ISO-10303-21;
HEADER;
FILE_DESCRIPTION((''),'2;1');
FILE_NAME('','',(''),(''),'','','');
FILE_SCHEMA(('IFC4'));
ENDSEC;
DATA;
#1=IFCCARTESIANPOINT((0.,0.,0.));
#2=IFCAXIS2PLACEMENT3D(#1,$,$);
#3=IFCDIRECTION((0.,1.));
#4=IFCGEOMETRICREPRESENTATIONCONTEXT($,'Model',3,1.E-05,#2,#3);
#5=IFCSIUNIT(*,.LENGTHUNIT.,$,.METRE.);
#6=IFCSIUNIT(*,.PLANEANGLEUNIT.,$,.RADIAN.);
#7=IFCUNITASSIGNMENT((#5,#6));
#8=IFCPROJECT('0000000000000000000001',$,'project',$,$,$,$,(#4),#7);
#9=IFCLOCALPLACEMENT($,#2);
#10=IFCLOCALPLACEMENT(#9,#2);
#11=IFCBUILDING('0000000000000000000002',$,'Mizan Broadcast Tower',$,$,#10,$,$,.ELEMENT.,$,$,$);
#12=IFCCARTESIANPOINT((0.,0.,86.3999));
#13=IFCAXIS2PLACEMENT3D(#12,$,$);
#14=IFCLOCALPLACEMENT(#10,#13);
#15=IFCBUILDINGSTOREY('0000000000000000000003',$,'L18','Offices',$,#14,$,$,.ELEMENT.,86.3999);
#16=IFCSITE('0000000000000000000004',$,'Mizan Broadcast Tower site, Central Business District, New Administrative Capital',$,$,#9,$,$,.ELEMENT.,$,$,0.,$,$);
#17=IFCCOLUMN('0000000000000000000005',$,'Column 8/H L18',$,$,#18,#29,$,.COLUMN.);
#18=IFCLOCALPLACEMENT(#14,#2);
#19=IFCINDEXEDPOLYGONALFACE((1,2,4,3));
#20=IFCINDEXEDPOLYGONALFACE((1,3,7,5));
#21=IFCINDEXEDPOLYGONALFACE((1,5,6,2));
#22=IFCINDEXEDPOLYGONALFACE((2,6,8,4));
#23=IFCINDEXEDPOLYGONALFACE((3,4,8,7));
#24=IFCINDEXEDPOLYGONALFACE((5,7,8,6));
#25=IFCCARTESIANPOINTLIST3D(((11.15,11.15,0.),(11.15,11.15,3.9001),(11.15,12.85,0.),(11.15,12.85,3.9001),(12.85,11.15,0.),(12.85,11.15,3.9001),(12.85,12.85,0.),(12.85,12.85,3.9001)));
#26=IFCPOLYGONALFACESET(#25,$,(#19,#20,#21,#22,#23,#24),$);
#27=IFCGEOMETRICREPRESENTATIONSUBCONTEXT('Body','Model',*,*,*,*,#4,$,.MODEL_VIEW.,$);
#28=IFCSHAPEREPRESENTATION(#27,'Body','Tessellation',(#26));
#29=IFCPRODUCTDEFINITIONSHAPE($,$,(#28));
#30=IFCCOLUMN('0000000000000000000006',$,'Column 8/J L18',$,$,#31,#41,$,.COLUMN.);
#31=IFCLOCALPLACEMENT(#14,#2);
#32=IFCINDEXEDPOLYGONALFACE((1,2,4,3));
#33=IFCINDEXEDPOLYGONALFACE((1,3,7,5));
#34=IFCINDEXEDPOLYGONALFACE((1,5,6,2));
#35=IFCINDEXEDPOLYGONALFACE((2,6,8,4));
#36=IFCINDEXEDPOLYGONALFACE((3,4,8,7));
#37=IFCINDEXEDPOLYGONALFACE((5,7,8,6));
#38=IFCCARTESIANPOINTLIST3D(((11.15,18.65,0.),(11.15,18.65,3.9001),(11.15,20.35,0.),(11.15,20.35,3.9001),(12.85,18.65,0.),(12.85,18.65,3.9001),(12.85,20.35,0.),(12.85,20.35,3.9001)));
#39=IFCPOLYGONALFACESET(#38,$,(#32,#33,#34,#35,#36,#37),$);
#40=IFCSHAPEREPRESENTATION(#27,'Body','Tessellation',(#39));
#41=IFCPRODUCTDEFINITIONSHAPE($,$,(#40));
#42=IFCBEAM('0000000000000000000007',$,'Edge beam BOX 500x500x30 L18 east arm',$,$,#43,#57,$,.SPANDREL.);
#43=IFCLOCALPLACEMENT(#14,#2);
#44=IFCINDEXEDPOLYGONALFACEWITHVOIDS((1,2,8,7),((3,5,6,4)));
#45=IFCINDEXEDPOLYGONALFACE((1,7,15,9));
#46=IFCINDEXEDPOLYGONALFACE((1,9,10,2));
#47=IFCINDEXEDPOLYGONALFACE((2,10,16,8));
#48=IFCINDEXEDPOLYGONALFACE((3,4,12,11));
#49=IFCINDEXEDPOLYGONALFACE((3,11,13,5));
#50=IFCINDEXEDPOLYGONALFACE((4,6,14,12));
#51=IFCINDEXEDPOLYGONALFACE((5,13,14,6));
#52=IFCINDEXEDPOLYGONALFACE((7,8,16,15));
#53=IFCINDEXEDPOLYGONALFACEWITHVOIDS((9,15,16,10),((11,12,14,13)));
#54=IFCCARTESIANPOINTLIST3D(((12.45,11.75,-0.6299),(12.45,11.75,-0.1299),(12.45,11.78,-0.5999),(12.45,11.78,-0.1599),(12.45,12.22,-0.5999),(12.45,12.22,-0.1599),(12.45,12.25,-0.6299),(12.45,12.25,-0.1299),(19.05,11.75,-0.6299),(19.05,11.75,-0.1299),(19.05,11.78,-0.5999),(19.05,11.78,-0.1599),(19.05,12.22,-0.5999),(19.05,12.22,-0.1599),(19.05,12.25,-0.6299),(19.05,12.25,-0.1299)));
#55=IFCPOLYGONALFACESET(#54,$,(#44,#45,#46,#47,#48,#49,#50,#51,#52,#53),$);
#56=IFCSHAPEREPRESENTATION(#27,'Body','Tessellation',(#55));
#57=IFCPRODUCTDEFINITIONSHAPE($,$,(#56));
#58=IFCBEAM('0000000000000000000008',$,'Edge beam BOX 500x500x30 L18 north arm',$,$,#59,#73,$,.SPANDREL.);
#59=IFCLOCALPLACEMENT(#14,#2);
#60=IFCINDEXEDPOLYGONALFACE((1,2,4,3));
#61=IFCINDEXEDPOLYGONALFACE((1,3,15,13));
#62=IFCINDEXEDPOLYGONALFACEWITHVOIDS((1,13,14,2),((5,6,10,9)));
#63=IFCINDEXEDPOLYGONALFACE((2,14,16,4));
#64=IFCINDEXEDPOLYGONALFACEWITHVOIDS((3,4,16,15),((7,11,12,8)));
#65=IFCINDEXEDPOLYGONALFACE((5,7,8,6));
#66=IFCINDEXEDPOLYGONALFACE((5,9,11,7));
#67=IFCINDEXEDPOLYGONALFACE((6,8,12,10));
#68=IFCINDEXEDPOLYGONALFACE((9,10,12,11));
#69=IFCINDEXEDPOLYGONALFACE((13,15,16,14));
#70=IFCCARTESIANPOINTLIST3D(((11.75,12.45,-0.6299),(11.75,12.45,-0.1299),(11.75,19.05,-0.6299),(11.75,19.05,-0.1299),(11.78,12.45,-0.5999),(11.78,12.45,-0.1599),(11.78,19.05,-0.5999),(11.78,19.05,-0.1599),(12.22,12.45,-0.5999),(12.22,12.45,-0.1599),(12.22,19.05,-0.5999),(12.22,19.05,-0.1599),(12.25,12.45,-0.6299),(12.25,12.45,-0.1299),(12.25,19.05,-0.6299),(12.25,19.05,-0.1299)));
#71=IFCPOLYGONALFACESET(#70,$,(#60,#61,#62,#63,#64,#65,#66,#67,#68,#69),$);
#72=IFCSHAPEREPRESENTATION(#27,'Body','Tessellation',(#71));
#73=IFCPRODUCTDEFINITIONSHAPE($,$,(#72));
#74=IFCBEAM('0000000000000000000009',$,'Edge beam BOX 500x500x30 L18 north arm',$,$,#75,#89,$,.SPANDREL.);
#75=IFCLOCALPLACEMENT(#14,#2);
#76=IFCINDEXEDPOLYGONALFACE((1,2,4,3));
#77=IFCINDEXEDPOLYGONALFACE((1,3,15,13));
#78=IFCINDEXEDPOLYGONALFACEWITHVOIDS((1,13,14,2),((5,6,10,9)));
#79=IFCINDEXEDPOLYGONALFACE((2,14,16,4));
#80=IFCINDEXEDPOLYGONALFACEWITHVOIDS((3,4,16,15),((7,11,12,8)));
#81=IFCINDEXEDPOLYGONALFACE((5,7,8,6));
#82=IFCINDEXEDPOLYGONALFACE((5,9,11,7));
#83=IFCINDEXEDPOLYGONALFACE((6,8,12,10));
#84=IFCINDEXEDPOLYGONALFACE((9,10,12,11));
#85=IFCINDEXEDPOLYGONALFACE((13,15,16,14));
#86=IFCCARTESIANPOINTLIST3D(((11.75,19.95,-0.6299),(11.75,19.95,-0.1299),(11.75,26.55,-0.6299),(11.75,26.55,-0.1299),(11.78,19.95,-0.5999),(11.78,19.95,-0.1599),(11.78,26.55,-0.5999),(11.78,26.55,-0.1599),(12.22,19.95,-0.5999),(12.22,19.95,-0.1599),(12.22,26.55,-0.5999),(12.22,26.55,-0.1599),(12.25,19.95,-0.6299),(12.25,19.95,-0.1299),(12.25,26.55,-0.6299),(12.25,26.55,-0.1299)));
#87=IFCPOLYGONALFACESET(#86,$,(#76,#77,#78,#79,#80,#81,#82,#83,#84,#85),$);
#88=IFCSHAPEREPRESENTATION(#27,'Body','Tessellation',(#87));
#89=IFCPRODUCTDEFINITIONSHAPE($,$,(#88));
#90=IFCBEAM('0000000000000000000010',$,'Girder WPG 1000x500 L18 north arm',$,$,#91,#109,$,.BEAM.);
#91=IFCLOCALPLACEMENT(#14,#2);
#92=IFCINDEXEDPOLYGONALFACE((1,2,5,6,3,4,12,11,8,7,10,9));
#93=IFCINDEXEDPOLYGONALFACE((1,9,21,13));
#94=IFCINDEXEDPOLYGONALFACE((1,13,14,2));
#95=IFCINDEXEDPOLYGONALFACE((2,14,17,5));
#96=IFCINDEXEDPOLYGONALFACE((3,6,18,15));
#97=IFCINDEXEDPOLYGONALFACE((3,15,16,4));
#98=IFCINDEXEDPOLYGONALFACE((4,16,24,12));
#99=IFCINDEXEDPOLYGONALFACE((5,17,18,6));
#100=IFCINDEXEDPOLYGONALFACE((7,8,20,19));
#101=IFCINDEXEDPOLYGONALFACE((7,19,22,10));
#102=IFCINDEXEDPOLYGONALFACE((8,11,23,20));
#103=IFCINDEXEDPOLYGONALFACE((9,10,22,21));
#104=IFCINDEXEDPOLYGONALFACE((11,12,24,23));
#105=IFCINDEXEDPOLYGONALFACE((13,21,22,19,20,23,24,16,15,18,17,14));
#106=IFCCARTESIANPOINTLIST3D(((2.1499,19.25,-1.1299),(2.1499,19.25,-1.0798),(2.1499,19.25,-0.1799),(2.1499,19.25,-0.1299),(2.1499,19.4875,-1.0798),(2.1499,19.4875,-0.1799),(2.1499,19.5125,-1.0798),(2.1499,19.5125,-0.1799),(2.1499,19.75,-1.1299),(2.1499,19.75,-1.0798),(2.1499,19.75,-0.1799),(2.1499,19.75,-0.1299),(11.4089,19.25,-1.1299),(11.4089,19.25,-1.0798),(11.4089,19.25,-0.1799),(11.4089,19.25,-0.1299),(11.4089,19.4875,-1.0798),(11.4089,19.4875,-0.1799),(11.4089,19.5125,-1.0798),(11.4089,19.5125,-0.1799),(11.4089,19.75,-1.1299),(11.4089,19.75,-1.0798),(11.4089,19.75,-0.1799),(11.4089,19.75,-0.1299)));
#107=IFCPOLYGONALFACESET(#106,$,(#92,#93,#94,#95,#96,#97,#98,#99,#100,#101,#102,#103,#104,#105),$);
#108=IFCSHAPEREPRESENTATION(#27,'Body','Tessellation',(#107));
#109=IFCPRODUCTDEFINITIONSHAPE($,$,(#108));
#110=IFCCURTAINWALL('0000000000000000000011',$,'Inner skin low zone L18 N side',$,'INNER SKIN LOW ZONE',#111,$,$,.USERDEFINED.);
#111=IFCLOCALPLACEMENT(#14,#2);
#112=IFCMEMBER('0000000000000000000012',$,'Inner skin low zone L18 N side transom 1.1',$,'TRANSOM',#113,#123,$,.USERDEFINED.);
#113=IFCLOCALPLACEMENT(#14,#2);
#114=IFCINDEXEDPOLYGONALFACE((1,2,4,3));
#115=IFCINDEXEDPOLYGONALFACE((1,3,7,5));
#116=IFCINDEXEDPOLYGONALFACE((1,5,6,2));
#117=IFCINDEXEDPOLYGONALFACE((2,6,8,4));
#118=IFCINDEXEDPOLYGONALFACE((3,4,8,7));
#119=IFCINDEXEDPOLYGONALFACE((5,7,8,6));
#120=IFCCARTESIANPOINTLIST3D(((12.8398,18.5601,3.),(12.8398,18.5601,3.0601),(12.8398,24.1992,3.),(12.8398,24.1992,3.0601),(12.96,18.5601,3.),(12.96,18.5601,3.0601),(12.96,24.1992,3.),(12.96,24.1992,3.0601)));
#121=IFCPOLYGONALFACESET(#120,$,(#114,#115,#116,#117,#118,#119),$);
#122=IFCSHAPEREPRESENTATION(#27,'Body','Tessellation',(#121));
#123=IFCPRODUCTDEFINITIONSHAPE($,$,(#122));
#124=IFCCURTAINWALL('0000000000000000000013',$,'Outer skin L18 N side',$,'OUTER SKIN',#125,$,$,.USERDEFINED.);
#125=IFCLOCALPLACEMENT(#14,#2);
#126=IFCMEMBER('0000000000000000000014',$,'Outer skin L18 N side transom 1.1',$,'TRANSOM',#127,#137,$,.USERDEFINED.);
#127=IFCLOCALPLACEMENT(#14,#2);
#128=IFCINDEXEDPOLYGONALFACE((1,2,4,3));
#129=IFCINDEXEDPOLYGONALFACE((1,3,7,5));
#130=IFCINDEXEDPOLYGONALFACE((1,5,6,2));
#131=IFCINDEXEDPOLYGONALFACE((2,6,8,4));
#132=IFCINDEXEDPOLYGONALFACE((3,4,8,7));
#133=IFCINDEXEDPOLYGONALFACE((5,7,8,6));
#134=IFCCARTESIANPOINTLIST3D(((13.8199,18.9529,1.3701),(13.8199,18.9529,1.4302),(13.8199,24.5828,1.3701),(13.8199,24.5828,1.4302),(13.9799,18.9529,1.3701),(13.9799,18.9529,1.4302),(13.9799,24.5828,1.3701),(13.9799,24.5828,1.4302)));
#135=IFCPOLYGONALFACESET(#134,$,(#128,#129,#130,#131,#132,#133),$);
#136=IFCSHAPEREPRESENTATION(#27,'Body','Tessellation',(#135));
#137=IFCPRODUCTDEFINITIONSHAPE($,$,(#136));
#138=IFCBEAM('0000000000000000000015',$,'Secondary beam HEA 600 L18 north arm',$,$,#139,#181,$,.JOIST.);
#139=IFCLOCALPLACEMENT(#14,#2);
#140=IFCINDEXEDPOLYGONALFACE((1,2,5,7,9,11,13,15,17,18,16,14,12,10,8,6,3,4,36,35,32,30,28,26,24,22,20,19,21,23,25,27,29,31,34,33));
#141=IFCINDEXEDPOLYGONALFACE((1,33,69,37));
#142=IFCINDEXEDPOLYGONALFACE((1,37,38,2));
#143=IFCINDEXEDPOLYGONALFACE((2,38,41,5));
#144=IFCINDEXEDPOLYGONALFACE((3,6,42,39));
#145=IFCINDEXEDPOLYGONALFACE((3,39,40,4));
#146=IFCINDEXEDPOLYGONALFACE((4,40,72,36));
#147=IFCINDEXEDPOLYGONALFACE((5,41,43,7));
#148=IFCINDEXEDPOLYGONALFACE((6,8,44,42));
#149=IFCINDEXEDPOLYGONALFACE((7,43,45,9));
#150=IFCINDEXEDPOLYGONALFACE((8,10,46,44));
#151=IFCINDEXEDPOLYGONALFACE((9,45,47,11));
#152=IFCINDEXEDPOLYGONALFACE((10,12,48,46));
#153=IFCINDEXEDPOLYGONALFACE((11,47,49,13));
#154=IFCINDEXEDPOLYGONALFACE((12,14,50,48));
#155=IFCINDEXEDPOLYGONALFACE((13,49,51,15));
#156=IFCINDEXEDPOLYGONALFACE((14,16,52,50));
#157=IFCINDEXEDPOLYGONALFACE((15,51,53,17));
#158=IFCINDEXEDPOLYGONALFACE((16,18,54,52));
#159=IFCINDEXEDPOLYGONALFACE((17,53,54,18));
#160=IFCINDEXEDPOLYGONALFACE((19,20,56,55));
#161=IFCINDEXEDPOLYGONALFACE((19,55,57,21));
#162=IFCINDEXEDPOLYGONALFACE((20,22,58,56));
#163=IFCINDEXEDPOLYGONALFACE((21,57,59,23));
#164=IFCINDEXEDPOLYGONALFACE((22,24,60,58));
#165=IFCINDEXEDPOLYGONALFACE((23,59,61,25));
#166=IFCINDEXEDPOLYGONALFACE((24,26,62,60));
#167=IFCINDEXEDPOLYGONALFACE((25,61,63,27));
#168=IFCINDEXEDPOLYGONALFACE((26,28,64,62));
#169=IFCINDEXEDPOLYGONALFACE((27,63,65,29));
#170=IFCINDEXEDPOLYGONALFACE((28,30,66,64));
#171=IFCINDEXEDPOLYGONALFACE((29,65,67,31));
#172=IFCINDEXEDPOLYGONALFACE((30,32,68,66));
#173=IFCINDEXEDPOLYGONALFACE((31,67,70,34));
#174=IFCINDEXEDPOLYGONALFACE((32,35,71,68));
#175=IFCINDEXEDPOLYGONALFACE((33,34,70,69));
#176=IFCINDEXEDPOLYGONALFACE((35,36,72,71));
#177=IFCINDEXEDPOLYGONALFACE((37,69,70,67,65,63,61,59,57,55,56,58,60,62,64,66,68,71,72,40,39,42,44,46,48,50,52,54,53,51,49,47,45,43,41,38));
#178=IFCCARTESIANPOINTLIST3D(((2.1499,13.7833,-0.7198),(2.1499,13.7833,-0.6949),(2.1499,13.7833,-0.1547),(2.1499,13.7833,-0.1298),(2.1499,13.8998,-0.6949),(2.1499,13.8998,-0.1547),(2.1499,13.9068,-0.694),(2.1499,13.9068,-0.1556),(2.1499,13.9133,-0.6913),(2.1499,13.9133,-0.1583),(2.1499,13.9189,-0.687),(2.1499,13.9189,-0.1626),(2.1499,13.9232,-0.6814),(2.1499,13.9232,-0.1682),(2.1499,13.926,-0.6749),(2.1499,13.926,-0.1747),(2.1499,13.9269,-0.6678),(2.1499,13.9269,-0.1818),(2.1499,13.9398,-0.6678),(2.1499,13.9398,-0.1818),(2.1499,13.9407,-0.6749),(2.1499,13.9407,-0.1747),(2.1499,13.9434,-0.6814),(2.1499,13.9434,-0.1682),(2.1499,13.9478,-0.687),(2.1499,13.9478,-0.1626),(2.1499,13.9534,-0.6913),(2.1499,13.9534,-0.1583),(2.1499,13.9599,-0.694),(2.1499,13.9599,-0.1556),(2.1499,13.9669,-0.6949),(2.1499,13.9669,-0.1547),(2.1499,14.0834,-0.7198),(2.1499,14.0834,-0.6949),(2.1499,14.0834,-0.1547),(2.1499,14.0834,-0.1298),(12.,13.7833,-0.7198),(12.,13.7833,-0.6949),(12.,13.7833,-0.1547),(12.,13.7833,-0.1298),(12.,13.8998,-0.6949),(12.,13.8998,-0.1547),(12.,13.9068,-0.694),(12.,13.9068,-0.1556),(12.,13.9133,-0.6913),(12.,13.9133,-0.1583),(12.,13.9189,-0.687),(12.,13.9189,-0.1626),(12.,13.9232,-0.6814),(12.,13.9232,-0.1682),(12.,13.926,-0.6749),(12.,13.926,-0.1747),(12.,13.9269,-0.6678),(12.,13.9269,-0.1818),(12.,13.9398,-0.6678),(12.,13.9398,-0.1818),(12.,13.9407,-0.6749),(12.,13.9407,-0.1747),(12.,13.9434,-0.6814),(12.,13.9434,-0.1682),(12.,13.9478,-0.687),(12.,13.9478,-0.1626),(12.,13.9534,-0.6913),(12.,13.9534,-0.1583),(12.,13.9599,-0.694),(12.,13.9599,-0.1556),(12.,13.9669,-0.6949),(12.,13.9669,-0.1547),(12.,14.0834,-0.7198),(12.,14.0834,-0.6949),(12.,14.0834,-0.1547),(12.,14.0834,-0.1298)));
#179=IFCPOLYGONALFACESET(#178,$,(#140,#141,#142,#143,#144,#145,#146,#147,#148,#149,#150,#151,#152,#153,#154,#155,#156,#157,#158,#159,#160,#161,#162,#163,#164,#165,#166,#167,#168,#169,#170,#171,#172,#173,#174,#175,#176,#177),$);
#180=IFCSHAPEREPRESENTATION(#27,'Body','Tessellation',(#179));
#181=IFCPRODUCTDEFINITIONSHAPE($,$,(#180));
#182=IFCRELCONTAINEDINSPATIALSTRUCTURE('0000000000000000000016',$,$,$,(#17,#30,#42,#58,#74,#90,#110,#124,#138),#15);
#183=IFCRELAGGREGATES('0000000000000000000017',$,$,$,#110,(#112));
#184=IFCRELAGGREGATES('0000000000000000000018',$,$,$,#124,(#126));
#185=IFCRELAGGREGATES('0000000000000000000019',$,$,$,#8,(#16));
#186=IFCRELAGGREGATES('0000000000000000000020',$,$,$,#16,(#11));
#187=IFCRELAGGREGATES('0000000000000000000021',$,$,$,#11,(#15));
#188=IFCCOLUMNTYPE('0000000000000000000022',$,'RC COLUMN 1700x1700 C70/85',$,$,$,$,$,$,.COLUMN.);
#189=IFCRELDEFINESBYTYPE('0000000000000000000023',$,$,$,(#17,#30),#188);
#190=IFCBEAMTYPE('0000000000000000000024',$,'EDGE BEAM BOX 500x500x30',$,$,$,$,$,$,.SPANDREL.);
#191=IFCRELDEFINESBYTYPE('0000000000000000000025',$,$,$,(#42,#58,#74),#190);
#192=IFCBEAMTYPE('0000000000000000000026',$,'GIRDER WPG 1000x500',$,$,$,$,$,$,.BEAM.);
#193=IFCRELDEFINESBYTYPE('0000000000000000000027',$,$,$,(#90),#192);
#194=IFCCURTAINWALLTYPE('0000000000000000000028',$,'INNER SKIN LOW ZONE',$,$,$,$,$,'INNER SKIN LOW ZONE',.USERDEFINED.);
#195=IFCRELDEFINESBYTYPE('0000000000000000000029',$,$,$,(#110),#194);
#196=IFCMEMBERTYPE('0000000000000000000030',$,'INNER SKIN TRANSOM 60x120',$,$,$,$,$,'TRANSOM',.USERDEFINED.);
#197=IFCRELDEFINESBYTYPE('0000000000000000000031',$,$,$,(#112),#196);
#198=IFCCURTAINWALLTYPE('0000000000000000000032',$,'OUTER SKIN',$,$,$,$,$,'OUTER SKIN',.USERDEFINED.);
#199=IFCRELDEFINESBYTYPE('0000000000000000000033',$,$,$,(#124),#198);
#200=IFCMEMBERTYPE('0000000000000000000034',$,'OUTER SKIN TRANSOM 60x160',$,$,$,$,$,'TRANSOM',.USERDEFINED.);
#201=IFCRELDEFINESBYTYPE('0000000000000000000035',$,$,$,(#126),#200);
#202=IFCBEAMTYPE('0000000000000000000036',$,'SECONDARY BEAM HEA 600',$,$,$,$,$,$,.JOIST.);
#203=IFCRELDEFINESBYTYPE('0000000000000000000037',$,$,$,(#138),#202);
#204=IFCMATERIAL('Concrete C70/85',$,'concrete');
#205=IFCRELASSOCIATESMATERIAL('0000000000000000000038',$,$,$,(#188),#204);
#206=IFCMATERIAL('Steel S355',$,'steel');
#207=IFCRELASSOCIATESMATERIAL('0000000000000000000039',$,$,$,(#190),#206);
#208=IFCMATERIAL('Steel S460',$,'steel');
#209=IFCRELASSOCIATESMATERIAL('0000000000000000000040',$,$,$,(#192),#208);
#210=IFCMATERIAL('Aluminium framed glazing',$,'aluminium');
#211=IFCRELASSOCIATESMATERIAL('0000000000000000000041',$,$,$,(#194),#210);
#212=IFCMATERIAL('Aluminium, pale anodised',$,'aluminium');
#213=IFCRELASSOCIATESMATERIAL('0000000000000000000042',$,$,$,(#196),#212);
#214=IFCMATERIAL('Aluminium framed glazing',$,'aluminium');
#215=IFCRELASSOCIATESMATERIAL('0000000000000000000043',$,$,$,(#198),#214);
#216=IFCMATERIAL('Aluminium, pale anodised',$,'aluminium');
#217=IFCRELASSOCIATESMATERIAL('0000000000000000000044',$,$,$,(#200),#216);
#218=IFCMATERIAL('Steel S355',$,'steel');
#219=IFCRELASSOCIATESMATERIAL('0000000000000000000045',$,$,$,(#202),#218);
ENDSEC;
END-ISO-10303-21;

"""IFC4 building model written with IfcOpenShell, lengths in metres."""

from ifc_helpers import new_model, si_unit, direction, frame, origin, origin_2d, place, context, subcontext, project, spatial, rectangle, hollow_rectangle, i_section, extrude, material, material_profile, profile_set, type_object, element, aggregate, save


model = new_model("IFC4")

# Units and contexts
model_context = context("Model", 3, precision=1e-05, world=origin(), true_north=direction((0.0, 1.0)))
body_context = subcontext(model_context, "Body", "Model", "MODEL_VIEW")
ifc_project = project(units=[si_unit("LENGTHUNIT", "METRE"), si_unit("PLANEANGLEUNIT", "RADIAN")], contexts=[model_context])

# Site, building, storey
site_placement = place(None, origin())
site = spatial("IfcSite", under=ifc_project, at=site_placement, Name="Mizan Broadcast Tower site, Central Business District, New Administrative Capital", CompositionType="ELEMENT", RefElevation=0.0)
building_placement = place(site_placement, origin())
building = spatial("IfcBuilding", under=site, at=building_placement, Name="Mizan Broadcast Tower", CompositionType="ELEMENT")
storey_placement = place(building_placement, frame((0.0, 0.0, 86.3999)))
storey = spatial("IfcBuildingStorey", under=building, at=storey_placement, Name="L18", Description="Offices", CompositionType="ELEMENT", Elevation=86.3999)

# Columns
ifc_material_1 = material(Name="Concrete C70/85", Category="concrete")
ifc_material_profile_1 = material_profile(ifc_material_1, rectangle(XDim=1.7, YDim=1.7, at=origin_2d()), Name="RC 1700x1700")
ifc_profile_set_1 = profile_set([ifc_material_profile_1], Name="Concrete C70/85")
column_type = type_object("IfcColumnType", Name="RC COLUMN 1700x1700 C70/85", PredefinedType="COLUMN", material=ifc_profile_set_1)
for number, where, z_axis, x_axis, name in (
    (1, (12.0, 12.0, 0.0), (0.0, 0.0, 1.0), (1.0, 0.0, 0.0), "Column 8/H L18"),
    (2, (12.0, 19.5, 0.0), (0.0, 0.0, 1.0), (1.0, 0.0, 0.0), "Column 8/J L18"),
):
    element("IfcColumn", number, at=place(storey_placement, frame(where, z_axis=z_axis, x_axis=x_axis)), inside=storey, type_object=column_type, Name=name, PredefinedType="COLUMN", context=body_context, shape_type="SweptSolid", body=[
        extrude(rectangle(XDim=1.7, YDim=1.7, at=origin_2d()), origin(), (0.0, 0.0, 1.0), 3.9001),
    ])

# Beams
ifc_material_2 = material(Name="Steel S355", Category="steel")
ifc_material_profile_2 = material_profile(ifc_material_2, hollow_rectangle(XDim=0.5, YDim=0.5, WallThickness=0.03, at=origin_2d()), Name="BOX 500x500x30")
ifc_profile_set_2 = profile_set([ifc_material_profile_2], Name="Steel S355")
beam_type_1 = type_object("IfcBeamType", Name="EDGE BEAM BOX 500x500x30", PredefinedType="SPANDREL", material=ifc_profile_set_2)
for number, where, z_axis, x_axis, name in (
    (3, (12.45, 12.0, -0.3799), (1.0, 0.0, 0.0), (0.0, 1.0, 0.0), "Edge beam BOX 500x500x30 L18 east arm"),
    (4, (12.0, 12.45, -0.3799), (0.0, 1.0, 0.0), (-1.0, 0.0, 0.0), "Edge beam BOX 500x500x30 L18 north arm"),
    (5, (12.0, 19.95, -0.3799), (0.0, 1.0, 0.0), (-1.0, 0.0, 0.0), "Edge beam BOX 500x500x30 L18 north arm"),
):
    element("IfcBeam", number, at=place(storey_placement, frame(where, z_axis=z_axis, x_axis=x_axis)), inside=storey, type_object=beam_type_1, Name=name, PredefinedType="SPANDREL", context=body_context, shape_type="SweptSolid", body=[
        extrude(hollow_rectangle(XDim=0.5, YDim=0.5, WallThickness=0.03, at=origin_2d()), origin(), (0.0, 0.0, 1.0), 6.6001),
    ])
ifc_material_3 = material(Name="Steel S460", Category="steel")
ifc_material_profile_3 = material_profile(ifc_material_3, i_section(OverallWidth=0.5, OverallDepth=1.0, WebThickness=0.0249, FlangeThickness=0.05, at=origin_2d()), Name="WPG 1000x500")
ifc_profile_set_3 = profile_set([ifc_material_profile_3], Name="Steel S460")
beam_type_2 = type_object("IfcBeamType", Name="GIRDER WPG 1000x500", PredefinedType="BEAM", material=ifc_profile_set_3)
beam_1_placement = place(storey_placement, frame((11.4089, 19.5, -0.6299), z_axis=(-1.0, 0.0, 0.0), x_axis=(0.0, -1.0, 0.0)))
element("IfcBeam", 6, at=beam_1_placement, inside=storey, type_object=beam_type_2, Name="Girder WPG 1000x500 L18 north arm", PredefinedType="BEAM", context=body_context, shape_type="SweptSolid", body=[
    extrude(i_section(OverallWidth=0.5, OverallDepth=1.0, WebThickness=0.0249, FlangeThickness=0.05, at=origin_2d()), origin(), (0.0, 0.0, 1.0), 9.259),
])

# Curtain walls, members
ifc_material_4 = material(Name="Aluminium framed glazing", Category="aluminium")
curtain_wall_type_1 = type_object("IfcCurtainWallType", Name="INNER SKIN LOW ZONE", ElementType="INNER SKIN LOW ZONE", PredefinedType="USERDEFINED", material=ifc_material_4)
curtain_wall_1_placement = place(storey_placement, origin())
curtain_wall_1 = element("IfcCurtainWall", 7, at=curtain_wall_1_placement, inside=storey, type_object=curtain_wall_type_1, Name="Inner skin low zone L18 N side", ObjectType="INNER SKIN LOW ZONE", PredefinedType="USERDEFINED")
ifc_material_5 = material(Name="Aluminium, pale anodised", Category="aluminium")
ifc_material_profile_4 = material_profile(ifc_material_5, rectangle(XDim=0.1201, YDim=0.0601, at=origin_2d()), Name="TRANSOM 120x60")
ifc_profile_set_4 = profile_set([ifc_material_profile_4], Name="Aluminium, pale anodised")
member_type_1 = type_object("IfcMemberType", Name="INNER SKIN TRANSOM 60x120", ElementType="TRANSOM", PredefinedType="USERDEFINED", material=ifc_profile_set_4)
member_1_placement = place(storey_placement, frame((12.8999, 18.5601, 3.03), z_axis=(0.0, 1.0, 0.0), x_axis=(-1.0, 0.0, 0.0)))
member_1 = element("IfcMember", 8, at=member_1_placement, type_object=member_type_1, Name="Inner skin low zone L18 N side transom 1.1", ObjectType="TRANSOM", PredefinedType="USERDEFINED", context=body_context, shape_type="SweptSolid", body=[
    extrude(rectangle(XDim=0.1201, YDim=0.0601, at=origin_2d()), origin(), (0.0, 0.0, 1.0), 5.6392),
])
ifc_material_6 = material(Name="Aluminium framed glazing", Category="aluminium")
curtain_wall_type_2 = type_object("IfcCurtainWallType", Name="OUTER SKIN", ElementType="OUTER SKIN", PredefinedType="USERDEFINED", material=ifc_material_6)
curtain_wall_2_placement = place(storey_placement, origin())
curtain_wall_2 = element("IfcCurtainWall", 9, at=curtain_wall_2_placement, inside=storey, type_object=curtain_wall_type_2, Name="Outer skin L18 N side", ObjectType="OUTER SKIN", PredefinedType="USERDEFINED")
ifc_material_7 = material(Name="Aluminium, pale anodised", Category="aluminium")
ifc_material_profile_5 = material_profile(ifc_material_7, rectangle(XDim=0.1599, YDim=0.0601, at=origin_2d()), Name="TRANSOM 160x60")
ifc_profile_set_5 = profile_set([ifc_material_profile_5], Name="Aluminium, pale anodised")
member_type_2 = type_object("IfcMemberType", Name="OUTER SKIN TRANSOM 60x160", ElementType="TRANSOM", PredefinedType="USERDEFINED", material=ifc_profile_set_5)
member_2_placement = place(storey_placement, frame((13.8999, 18.9529, 1.4001), z_axis=(0.0, 1.0, 0.0), x_axis=(-1.0, 0.0, 0.0)))
member_2 = element("IfcMember", 10, at=member_2_placement, type_object=member_type_2, Name="Outer skin L18 N side transom 1.1", ObjectType="TRANSOM", PredefinedType="USERDEFINED", context=body_context, shape_type="SweptSolid", body=[
    extrude(rectangle(XDim=0.1599, YDim=0.0601, at=origin_2d()), origin(), (0.0, 0.0, 1.0), 5.6299),
])

# Beam
ifc_material_8 = material(Name="Steel S355", Category="steel")
ifc_material_profile_6 = material_profile(ifc_material_8, i_section(OverallWidth=0.3, OverallDepth=0.5901, WebThickness=0.0129, FlangeThickness=0.0249, FilletRadius=0.0271, at=origin_2d()), Name="HEA 600")
ifc_profile_set_6 = profile_set([ifc_material_profile_6], Name="Steel S355")
beam_type_3 = type_object("IfcBeamType", Name="SECONDARY BEAM HEA 600", PredefinedType="JOIST", material=ifc_profile_set_6)
for number, where, z_axis, x_axis, name in (
    (11, (12.0, 13.9333, -0.4248), (-1.0, 0.0, 0.0), (0.0, -1.0, 0.0), "Secondary beam HEA 600 L18 north arm"),
):
    element("IfcBeam", number, at=place(storey_placement, frame(where, z_axis=z_axis, x_axis=x_axis)), inside=storey, type_object=beam_type_3, Name=name, PredefinedType="JOIST", context=body_context, shape_type="SweptSolid", body=[
        extrude(i_section(OverallWidth=0.3, OverallDepth=0.5901, WebThickness=0.0129, FlangeThickness=0.0249, FilletRadius=0.0271, at=origin_2d()), origin(), (0.0, 0.0, 1.0), 9.8501),
    ])

aggregate(curtain_wall_1, [member_1])
aggregate(curtain_wall_2, [member_2])

save(model, "model.ifc")
